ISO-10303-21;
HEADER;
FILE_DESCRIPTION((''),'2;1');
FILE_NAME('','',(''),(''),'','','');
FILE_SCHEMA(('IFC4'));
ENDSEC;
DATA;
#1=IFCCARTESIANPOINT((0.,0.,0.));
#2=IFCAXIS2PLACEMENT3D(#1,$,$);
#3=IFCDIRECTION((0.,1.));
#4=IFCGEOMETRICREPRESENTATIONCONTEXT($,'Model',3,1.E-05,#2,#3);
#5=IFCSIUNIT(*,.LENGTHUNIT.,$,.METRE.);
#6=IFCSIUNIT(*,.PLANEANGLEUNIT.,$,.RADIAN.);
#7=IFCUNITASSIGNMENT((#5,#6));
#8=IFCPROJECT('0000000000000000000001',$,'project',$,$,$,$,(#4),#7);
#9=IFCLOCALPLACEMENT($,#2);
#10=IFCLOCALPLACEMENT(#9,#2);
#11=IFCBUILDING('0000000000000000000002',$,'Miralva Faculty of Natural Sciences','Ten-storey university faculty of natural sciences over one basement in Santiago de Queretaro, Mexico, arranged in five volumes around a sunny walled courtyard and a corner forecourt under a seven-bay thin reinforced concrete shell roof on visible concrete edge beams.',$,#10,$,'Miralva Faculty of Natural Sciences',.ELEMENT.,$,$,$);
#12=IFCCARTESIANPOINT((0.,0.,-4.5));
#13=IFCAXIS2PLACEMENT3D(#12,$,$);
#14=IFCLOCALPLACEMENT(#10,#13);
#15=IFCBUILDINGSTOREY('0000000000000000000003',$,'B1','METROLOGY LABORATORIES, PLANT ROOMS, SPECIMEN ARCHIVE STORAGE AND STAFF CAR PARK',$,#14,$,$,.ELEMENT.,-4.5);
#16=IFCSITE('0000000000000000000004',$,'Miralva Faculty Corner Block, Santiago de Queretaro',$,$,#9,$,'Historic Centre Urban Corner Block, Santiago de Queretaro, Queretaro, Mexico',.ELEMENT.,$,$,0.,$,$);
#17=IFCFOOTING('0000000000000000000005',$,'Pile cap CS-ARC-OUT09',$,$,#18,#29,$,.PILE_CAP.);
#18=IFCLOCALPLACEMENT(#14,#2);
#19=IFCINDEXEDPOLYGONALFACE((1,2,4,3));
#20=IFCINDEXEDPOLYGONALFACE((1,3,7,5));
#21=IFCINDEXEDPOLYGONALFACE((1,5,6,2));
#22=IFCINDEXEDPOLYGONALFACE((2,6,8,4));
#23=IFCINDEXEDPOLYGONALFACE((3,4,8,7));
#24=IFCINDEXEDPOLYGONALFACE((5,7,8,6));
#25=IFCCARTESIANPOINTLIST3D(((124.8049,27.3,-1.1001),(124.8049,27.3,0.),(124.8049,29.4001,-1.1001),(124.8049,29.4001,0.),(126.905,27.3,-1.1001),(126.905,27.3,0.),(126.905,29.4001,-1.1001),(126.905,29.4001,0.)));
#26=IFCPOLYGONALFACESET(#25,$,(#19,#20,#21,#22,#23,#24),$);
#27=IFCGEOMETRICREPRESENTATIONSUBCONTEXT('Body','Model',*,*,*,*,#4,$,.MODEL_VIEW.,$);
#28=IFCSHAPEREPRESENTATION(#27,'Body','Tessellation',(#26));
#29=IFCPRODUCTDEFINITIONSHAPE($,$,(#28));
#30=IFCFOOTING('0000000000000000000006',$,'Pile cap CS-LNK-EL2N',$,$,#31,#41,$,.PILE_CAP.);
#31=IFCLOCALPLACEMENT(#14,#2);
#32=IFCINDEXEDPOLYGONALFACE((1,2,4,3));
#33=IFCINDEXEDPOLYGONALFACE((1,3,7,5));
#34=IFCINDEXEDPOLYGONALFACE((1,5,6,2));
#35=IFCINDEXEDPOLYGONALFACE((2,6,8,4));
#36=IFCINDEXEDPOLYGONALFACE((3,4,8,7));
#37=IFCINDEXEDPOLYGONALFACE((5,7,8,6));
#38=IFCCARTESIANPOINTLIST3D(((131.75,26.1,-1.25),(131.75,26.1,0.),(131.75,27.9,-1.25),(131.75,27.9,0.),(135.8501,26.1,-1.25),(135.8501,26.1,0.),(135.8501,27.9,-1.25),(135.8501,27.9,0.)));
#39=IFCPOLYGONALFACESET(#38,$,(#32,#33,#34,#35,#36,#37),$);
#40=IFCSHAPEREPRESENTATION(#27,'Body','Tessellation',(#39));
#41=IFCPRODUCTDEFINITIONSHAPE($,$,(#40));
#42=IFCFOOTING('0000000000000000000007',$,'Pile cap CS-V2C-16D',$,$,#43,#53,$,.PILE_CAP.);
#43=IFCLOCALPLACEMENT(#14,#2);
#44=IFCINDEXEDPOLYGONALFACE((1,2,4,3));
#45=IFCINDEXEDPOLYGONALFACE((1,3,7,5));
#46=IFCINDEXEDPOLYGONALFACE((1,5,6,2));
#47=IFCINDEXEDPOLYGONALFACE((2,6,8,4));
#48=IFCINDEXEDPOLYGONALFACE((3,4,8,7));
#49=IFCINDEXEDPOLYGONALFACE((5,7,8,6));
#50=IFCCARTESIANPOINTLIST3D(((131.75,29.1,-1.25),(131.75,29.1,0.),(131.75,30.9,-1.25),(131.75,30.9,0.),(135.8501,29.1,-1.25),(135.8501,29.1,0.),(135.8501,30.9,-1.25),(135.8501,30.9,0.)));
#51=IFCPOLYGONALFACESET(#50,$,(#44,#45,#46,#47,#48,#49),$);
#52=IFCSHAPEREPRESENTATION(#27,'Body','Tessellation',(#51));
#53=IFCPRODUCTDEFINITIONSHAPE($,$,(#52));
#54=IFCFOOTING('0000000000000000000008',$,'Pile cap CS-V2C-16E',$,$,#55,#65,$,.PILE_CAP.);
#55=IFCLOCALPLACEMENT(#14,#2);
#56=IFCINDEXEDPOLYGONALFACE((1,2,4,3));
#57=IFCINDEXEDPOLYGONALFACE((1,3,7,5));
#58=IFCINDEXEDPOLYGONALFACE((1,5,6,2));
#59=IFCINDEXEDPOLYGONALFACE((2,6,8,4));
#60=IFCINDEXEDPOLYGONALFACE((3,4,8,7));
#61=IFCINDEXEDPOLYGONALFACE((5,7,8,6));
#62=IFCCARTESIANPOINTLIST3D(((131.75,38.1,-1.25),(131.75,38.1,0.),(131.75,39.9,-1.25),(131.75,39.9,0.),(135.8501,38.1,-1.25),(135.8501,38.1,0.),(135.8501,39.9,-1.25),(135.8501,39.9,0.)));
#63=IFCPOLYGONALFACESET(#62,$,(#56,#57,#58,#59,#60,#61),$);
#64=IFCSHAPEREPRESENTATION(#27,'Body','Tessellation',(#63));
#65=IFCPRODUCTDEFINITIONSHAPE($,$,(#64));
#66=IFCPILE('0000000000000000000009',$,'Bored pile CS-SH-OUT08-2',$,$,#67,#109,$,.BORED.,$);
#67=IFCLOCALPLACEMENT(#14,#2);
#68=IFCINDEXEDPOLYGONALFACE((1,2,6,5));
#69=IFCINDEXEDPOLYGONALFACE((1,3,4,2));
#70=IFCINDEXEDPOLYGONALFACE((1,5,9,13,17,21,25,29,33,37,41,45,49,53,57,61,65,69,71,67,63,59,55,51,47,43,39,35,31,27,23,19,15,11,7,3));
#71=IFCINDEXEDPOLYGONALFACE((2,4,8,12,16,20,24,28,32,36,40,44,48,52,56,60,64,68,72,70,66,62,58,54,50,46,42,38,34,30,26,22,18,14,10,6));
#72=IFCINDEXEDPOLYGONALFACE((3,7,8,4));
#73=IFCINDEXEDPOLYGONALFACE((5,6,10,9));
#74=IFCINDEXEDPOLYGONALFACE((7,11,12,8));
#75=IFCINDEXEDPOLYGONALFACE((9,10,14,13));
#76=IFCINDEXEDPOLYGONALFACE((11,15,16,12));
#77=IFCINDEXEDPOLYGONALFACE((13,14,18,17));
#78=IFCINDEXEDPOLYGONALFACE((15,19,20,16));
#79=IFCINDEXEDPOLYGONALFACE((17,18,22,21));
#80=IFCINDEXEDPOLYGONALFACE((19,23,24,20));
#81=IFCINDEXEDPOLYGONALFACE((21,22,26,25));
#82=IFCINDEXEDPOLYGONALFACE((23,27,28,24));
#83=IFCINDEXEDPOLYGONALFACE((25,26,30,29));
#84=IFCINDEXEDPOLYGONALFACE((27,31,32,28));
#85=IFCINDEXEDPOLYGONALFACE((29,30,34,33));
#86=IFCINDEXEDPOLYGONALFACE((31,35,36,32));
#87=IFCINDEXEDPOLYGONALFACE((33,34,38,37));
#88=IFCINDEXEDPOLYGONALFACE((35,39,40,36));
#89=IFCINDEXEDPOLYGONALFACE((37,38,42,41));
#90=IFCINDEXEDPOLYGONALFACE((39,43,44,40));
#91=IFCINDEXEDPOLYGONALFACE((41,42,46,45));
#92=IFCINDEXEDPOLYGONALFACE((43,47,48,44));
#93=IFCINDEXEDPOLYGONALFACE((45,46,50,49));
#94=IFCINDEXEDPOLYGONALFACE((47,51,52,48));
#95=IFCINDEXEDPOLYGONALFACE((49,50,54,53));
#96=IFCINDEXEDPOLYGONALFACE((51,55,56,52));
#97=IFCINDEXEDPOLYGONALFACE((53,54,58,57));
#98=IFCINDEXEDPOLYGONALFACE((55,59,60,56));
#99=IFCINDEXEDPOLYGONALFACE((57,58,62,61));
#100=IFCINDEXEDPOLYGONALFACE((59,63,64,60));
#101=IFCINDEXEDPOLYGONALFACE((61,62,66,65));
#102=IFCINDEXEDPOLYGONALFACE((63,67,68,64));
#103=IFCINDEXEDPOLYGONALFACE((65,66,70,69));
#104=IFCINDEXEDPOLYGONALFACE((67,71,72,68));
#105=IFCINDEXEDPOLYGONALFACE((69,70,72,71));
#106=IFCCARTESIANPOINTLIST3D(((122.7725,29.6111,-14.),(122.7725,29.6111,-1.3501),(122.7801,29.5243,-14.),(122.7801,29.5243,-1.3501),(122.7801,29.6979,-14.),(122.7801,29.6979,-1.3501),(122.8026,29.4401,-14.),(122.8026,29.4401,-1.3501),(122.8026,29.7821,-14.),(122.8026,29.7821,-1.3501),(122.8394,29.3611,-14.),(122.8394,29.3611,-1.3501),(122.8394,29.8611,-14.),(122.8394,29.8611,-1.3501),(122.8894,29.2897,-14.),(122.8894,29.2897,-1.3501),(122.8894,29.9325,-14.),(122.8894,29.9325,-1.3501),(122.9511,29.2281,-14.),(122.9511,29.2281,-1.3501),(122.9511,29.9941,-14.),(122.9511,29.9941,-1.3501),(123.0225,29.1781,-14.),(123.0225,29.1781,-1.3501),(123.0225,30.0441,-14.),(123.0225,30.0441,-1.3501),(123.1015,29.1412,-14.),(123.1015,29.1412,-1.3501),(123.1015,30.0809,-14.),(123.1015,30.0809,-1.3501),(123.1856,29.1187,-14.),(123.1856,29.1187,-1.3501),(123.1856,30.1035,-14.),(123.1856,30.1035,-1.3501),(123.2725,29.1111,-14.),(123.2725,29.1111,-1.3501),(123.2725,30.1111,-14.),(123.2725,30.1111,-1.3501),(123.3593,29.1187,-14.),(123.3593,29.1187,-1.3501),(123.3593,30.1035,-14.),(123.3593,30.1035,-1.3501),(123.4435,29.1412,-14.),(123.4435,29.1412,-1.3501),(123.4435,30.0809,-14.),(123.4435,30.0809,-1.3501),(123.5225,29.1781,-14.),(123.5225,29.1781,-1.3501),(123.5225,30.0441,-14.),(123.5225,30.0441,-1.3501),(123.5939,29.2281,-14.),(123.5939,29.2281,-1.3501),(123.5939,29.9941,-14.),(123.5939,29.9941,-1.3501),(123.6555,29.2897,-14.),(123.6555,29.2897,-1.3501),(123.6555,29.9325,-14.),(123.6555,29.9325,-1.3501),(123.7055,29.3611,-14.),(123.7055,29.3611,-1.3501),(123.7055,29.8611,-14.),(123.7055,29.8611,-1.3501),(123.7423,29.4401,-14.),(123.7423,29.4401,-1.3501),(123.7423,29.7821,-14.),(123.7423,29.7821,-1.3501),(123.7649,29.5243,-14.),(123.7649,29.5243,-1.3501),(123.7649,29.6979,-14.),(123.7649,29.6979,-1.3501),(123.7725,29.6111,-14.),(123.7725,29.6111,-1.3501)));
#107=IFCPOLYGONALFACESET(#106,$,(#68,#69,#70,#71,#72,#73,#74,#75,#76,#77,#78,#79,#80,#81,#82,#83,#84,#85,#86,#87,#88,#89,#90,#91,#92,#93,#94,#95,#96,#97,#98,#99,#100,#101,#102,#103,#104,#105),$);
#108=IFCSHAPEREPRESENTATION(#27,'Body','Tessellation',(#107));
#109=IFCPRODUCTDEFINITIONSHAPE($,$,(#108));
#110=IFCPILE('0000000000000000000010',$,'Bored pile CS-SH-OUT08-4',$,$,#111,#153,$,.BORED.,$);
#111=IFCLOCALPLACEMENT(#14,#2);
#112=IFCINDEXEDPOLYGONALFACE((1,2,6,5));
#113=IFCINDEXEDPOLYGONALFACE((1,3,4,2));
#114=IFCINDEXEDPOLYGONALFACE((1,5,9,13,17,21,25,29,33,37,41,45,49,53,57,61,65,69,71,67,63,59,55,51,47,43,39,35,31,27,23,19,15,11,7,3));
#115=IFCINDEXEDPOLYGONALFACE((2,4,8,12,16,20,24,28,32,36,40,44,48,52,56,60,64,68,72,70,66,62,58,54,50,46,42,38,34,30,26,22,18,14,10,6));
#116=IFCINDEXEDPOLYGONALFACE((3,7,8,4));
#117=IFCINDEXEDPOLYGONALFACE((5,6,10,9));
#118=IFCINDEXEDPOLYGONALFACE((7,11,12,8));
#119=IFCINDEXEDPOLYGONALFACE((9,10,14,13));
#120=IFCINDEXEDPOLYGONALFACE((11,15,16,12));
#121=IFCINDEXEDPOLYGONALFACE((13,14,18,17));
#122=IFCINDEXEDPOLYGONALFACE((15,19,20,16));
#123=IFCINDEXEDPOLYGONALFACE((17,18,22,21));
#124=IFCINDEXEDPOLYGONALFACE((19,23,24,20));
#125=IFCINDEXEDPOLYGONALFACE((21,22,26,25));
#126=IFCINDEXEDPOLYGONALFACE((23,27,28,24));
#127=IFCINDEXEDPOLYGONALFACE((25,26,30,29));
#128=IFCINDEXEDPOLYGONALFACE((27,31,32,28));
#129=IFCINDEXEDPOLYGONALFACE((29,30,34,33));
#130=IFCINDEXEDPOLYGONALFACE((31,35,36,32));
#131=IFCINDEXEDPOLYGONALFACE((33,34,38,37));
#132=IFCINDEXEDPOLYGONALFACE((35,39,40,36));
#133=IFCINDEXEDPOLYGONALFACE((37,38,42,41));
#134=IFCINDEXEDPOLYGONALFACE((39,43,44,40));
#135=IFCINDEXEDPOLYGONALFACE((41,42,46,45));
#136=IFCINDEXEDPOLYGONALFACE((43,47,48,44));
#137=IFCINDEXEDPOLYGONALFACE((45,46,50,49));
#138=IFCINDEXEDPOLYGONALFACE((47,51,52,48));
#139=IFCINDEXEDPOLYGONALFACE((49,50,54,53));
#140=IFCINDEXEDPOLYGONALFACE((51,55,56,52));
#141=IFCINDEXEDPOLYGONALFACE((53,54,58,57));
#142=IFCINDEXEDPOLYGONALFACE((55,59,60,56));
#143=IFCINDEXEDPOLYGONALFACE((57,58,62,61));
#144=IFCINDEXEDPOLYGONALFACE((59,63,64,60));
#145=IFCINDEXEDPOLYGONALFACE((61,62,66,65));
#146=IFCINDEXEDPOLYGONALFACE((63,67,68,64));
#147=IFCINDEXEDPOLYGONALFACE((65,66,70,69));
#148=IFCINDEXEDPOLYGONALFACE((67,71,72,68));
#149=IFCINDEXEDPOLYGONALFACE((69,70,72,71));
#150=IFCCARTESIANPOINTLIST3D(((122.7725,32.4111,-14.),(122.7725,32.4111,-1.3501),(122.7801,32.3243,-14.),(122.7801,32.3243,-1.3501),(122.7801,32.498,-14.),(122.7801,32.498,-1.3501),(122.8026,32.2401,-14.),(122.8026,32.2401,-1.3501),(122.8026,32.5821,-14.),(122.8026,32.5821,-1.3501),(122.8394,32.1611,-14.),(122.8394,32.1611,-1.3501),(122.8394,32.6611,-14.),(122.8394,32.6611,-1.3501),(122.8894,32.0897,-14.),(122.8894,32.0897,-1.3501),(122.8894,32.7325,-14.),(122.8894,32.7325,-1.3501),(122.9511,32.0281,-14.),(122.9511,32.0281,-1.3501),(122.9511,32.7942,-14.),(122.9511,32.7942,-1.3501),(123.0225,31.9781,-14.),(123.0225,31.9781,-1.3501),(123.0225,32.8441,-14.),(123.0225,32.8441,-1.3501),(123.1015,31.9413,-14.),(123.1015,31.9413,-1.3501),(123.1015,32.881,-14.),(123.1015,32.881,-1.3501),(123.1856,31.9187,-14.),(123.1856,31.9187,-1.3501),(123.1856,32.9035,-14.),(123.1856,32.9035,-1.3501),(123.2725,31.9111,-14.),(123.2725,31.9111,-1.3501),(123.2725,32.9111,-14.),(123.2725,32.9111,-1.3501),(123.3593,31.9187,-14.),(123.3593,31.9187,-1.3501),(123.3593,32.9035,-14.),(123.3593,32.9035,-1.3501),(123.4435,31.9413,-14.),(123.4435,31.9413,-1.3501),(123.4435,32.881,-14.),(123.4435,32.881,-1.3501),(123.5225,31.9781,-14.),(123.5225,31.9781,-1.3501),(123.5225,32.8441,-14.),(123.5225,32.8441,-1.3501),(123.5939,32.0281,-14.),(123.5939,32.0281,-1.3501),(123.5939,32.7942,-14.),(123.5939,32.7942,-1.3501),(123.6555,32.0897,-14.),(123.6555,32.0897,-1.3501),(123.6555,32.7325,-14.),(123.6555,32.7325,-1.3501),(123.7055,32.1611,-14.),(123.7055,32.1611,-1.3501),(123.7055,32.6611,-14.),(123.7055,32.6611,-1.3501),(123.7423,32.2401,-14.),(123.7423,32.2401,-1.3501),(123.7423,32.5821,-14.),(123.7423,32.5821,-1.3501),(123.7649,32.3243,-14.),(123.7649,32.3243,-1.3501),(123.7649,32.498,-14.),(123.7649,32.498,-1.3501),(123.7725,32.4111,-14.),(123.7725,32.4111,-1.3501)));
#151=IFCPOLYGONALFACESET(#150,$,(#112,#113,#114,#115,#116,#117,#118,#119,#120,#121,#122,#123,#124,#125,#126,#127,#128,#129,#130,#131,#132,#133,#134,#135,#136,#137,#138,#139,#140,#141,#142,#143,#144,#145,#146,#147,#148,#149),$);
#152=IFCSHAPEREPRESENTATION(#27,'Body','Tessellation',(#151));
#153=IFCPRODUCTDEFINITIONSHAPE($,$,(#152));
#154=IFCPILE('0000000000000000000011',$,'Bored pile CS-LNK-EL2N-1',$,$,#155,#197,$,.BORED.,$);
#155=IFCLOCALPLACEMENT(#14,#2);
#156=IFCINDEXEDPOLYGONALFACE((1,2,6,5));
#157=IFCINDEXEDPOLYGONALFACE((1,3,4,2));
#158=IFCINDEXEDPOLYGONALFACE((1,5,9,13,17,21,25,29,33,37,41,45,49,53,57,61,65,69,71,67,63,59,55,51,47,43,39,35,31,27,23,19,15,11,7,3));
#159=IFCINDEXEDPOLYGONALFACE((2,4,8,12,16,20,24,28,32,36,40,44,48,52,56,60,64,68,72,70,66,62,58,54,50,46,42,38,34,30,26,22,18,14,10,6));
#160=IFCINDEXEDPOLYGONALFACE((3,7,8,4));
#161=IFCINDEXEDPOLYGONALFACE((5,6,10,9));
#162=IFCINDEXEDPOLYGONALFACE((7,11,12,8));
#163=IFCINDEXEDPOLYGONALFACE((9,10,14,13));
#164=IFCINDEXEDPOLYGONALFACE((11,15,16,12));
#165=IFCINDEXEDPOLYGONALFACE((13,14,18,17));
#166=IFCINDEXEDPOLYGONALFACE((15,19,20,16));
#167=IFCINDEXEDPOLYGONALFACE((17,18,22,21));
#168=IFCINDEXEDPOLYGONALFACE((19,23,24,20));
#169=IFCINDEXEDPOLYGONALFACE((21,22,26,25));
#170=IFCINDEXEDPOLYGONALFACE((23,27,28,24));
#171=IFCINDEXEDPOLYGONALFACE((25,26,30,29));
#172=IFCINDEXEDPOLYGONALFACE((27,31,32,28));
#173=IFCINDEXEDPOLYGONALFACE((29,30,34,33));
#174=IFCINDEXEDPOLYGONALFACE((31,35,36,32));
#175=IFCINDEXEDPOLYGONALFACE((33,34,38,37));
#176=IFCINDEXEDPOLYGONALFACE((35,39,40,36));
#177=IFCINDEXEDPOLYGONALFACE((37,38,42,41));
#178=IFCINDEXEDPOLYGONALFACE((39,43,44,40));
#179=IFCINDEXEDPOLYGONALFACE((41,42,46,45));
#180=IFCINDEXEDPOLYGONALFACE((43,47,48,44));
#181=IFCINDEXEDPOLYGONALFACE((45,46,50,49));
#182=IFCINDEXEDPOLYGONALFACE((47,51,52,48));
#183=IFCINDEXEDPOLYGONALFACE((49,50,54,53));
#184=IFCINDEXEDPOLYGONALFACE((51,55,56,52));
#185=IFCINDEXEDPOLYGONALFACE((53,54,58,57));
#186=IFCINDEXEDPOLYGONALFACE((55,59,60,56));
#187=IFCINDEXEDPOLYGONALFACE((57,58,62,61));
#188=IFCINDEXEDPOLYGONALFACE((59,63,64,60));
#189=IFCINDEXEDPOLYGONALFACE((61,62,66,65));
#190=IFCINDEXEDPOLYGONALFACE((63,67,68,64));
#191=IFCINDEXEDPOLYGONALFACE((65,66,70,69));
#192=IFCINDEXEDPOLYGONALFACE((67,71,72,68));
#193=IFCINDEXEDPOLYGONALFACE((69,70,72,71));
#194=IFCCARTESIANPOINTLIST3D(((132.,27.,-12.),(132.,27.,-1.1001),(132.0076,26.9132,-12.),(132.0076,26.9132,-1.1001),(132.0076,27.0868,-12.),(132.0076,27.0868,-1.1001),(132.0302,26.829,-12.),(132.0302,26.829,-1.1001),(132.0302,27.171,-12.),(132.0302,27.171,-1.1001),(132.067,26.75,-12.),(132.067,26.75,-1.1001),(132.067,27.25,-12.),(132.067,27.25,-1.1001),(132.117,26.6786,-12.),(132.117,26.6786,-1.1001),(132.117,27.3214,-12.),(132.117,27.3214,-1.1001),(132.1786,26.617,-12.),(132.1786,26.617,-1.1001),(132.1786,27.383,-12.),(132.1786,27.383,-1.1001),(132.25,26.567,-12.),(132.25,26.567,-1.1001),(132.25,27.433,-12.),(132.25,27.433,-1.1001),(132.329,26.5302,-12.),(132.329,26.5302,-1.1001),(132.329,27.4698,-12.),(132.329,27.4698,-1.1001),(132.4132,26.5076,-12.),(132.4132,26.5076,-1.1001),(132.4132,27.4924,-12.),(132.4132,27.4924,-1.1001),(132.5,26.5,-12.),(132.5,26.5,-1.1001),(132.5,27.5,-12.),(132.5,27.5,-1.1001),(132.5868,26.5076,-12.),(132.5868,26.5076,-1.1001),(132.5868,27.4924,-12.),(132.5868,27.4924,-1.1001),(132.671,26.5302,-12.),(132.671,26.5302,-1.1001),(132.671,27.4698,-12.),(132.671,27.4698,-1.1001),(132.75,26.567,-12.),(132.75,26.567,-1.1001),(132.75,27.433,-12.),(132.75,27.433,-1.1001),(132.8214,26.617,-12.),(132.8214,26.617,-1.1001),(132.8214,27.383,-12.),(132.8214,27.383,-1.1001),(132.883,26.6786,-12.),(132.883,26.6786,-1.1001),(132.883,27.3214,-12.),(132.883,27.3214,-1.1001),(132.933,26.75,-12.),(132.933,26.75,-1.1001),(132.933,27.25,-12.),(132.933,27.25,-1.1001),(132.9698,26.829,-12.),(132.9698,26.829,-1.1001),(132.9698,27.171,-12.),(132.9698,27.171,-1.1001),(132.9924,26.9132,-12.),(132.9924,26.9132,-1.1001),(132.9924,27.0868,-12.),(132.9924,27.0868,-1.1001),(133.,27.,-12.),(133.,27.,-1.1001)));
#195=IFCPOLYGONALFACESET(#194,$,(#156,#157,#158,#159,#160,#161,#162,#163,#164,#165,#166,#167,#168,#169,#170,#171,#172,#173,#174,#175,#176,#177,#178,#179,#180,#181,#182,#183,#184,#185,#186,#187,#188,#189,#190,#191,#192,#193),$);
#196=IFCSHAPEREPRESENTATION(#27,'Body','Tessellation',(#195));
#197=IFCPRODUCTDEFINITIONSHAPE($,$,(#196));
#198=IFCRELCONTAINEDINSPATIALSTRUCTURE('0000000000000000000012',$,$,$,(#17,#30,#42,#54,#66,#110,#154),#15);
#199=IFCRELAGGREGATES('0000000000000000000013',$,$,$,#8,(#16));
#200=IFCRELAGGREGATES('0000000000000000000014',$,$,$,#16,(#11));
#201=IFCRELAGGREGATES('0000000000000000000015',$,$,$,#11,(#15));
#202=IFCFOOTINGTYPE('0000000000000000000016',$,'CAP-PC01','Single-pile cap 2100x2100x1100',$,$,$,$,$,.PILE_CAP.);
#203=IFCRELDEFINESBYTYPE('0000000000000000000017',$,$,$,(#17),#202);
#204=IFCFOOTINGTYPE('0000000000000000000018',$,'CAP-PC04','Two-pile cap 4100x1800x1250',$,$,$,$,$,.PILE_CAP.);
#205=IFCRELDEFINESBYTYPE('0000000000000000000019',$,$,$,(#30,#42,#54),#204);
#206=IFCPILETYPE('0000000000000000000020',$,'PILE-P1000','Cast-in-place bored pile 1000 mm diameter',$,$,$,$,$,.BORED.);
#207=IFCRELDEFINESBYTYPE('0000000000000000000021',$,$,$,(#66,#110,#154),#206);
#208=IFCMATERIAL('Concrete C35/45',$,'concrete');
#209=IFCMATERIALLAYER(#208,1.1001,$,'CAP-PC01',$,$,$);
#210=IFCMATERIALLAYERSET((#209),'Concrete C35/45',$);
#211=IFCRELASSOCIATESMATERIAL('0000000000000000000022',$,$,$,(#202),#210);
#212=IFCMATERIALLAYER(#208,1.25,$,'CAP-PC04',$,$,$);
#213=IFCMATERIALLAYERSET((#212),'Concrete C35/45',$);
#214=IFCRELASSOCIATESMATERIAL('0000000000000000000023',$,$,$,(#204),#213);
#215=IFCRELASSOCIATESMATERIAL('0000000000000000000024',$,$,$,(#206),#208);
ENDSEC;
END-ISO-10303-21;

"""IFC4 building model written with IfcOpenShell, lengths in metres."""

from ifc_helpers import new_model, si_unit, direction, frame, origin, origin_2d, place, context, subcontext, project, spatial, rectangle, circle, extrude, material, layer, layer_set, material_profile, profile_set, type_object, element, save


model = new_model("IFC4")

# Units and contexts
model_context = context("Model", 3, precision=1e-05, world=origin(), true_north=direction((0.0, 1.0)))
body_context = subcontext(model_context, "Body", "Model", "MODEL_VIEW")
ifc_project = project(units=[si_unit("LENGTHUNIT", "METRE"), si_unit("PLANEANGLEUNIT", "RADIAN")], contexts=[model_context])

# Site, building, storey
site_placement = place(None, origin())
site = spatial("IfcSite", under=ifc_project, at=site_placement, Name="Miralva Faculty Corner Block, Santiago de Queretaro", LongName="Historic Centre Urban Corner Block, Santiago de Queretaro, Queretaro, Mexico", CompositionType="ELEMENT", RefElevation=0.0)
building_placement = place(site_placement, origin())
building = spatial("IfcBuilding", under=site, at=building_placement, Name="Miralva Faculty of Natural Sciences", Description="Ten-storey university faculty of natural sciences over one basement in Santiago de Queretaro, Mexico, arranged in five volumes around a sunny walled courtyard and a corner forecourt under a seven-bay thin reinforced concrete shell roof on visible concrete edge beams.", LongName="Miralva Faculty of Natural Sciences", CompositionType="ELEMENT")
storey_placement = place(building_placement, frame((0.0, 0.0, -4.5)))
storey = spatial("IfcBuildingStorey", under=building, at=storey_placement, Name="B1", Description="METROLOGY LABORATORIES, PLANT ROOMS, SPECIMEN ARCHIVE STORAGE AND STAFF CAR PARK", CompositionType="ELEMENT", Elevation=-4.5)

# Footings
ifc_material_1 = material(Name="Concrete C35/45", Category="concrete")
ifc_layer_1 = layer(ifc_material_1, 1.1001, Name="CAP-PC01")
ifc_layer_set_1 = layer_set([ifc_layer_1], Name="Concrete C35/45")
footing_type_1 = type_object("IfcFootingType", Name="CAP-PC01", Description="Single-pile cap 2100x2100x1100", PredefinedType="PILE_CAP", material=ifc_layer_set_1)
footing_1_placement = place(storey_placement, frame((125.855, 28.3501, -1.1001), z_axis=(0.0, 0.0, 1.0), x_axis=(1.0, 0.0, 0.0)))
element("IfcFooting", 1, at=footing_1_placement, inside=storey, type_object=footing_type_1, Name="Pile cap CS-ARC-OUT09", PredefinedType="PILE_CAP", context=body_context, shape_type="SweptSolid", body=[
    extrude(rectangle(XDim=2.1001, YDim=2.1001, at=origin_2d()), origin(), (0.0, 0.0, 1.0), 1.1001),
])
ifc_layer_2 = layer(ifc_material_1, 1.25, Name="CAP-PC04")
ifc_layer_set_2 = layer_set([ifc_layer_2], Name="Concrete C35/45")
footing_type_2 = type_object("IfcFootingType", Name="CAP-PC04", Description="Two-pile cap 4100x1800x1250", PredefinedType="PILE_CAP", material=ifc_layer_set_2)
for number, where, z_axis, x_axis, name in (
    (2, (133.8, 27.0, -1.25), (0.0, 0.0, 1.0), (1.0, 0.0, 0.0), "Pile cap CS-LNK-EL2N"),
    (3, (133.8, 30.0, -1.25), (0.0, 0.0, 1.0), (1.0, 0.0, 0.0), "Pile cap CS-V2C-16D"),
    (4, (133.8, 39.0, -1.25), (0.0, 0.0, 1.0), (1.0, 0.0, 0.0), "Pile cap CS-V2C-16E"),
):
    element("IfcFooting", number, at=place(storey_placement, frame(where, z_axis=z_axis, x_axis=x_axis)), inside=storey, type_object=footing_type_2, Name=name, PredefinedType="PILE_CAP", context=body_context, shape_type="SweptSolid", body=[
        extrude(rectangle(XDim=4.1001, YDim=1.8, at=origin_2d()), origin(), (0.0, 0.0, 1.0), 1.25),
    ])

# Piles
ifc_material_profile_1 = material_profile(ifc_material_1, circle(Radius=0.5, at=origin_2d()), Name="BORED PILE 1000")
ifc_profile_set_1 = profile_set([ifc_material_profile_1], Name="Concrete C35/45")
pile_type_1 = type_object("IfcPileType", Name="PILE-P1000", Description="Cast-in-place bored pile 1000 mm diameter", PredefinedType="BORED", material=ifc_profile_set_1)
for number, where, z_axis, x_axis, name in (
    (5, (123.2725, 29.6111, -1.3501), (0.0, 0.0, -1.0), (1.0, 0.0, 0.0), "Bored pile CS-SH-OUT08-2"),
    (6, (123.2725, 32.4111, -1.3501), (0.0, 0.0, -1.0), (1.0, 0.0, 0.0), "Bored pile CS-SH-OUT08-4"),
):
    element("IfcPile", number, at=place(storey_placement, frame(where, z_axis=z_axis, x_axis=x_axis)), inside=storey, type_object=pile_type_1, Name=name, PredefinedType="BORED", context=body_context, shape_type="SweptSolid", body=[
        extrude(circle(Radius=0.5, at=origin_2d()), origin(), (0.0, 0.0, 1.0), 12.6499),
    ])
for number, where, z_axis, x_axis, name in (
    (7, (132.5, 27.0, -1.1001), (0.0, 0.0, -1.0), (1.0, 0.0, 0.0), "Bored pile CS-LNK-EL2N-1"),
):
    element("IfcPile", number, at=place(storey_placement, frame(where, z_axis=z_axis, x_axis=x_axis)), inside=storey, type_object=pile_type_1, Name=name, PredefinedType="BORED", context=body_context, shape_type="SweptSolid", body=[
        extrude(circle(Radius=0.5, at=origin_2d()), origin(), (0.0, 0.0, 1.0), 10.8999),
    ])

save(model, "model.ifc")
